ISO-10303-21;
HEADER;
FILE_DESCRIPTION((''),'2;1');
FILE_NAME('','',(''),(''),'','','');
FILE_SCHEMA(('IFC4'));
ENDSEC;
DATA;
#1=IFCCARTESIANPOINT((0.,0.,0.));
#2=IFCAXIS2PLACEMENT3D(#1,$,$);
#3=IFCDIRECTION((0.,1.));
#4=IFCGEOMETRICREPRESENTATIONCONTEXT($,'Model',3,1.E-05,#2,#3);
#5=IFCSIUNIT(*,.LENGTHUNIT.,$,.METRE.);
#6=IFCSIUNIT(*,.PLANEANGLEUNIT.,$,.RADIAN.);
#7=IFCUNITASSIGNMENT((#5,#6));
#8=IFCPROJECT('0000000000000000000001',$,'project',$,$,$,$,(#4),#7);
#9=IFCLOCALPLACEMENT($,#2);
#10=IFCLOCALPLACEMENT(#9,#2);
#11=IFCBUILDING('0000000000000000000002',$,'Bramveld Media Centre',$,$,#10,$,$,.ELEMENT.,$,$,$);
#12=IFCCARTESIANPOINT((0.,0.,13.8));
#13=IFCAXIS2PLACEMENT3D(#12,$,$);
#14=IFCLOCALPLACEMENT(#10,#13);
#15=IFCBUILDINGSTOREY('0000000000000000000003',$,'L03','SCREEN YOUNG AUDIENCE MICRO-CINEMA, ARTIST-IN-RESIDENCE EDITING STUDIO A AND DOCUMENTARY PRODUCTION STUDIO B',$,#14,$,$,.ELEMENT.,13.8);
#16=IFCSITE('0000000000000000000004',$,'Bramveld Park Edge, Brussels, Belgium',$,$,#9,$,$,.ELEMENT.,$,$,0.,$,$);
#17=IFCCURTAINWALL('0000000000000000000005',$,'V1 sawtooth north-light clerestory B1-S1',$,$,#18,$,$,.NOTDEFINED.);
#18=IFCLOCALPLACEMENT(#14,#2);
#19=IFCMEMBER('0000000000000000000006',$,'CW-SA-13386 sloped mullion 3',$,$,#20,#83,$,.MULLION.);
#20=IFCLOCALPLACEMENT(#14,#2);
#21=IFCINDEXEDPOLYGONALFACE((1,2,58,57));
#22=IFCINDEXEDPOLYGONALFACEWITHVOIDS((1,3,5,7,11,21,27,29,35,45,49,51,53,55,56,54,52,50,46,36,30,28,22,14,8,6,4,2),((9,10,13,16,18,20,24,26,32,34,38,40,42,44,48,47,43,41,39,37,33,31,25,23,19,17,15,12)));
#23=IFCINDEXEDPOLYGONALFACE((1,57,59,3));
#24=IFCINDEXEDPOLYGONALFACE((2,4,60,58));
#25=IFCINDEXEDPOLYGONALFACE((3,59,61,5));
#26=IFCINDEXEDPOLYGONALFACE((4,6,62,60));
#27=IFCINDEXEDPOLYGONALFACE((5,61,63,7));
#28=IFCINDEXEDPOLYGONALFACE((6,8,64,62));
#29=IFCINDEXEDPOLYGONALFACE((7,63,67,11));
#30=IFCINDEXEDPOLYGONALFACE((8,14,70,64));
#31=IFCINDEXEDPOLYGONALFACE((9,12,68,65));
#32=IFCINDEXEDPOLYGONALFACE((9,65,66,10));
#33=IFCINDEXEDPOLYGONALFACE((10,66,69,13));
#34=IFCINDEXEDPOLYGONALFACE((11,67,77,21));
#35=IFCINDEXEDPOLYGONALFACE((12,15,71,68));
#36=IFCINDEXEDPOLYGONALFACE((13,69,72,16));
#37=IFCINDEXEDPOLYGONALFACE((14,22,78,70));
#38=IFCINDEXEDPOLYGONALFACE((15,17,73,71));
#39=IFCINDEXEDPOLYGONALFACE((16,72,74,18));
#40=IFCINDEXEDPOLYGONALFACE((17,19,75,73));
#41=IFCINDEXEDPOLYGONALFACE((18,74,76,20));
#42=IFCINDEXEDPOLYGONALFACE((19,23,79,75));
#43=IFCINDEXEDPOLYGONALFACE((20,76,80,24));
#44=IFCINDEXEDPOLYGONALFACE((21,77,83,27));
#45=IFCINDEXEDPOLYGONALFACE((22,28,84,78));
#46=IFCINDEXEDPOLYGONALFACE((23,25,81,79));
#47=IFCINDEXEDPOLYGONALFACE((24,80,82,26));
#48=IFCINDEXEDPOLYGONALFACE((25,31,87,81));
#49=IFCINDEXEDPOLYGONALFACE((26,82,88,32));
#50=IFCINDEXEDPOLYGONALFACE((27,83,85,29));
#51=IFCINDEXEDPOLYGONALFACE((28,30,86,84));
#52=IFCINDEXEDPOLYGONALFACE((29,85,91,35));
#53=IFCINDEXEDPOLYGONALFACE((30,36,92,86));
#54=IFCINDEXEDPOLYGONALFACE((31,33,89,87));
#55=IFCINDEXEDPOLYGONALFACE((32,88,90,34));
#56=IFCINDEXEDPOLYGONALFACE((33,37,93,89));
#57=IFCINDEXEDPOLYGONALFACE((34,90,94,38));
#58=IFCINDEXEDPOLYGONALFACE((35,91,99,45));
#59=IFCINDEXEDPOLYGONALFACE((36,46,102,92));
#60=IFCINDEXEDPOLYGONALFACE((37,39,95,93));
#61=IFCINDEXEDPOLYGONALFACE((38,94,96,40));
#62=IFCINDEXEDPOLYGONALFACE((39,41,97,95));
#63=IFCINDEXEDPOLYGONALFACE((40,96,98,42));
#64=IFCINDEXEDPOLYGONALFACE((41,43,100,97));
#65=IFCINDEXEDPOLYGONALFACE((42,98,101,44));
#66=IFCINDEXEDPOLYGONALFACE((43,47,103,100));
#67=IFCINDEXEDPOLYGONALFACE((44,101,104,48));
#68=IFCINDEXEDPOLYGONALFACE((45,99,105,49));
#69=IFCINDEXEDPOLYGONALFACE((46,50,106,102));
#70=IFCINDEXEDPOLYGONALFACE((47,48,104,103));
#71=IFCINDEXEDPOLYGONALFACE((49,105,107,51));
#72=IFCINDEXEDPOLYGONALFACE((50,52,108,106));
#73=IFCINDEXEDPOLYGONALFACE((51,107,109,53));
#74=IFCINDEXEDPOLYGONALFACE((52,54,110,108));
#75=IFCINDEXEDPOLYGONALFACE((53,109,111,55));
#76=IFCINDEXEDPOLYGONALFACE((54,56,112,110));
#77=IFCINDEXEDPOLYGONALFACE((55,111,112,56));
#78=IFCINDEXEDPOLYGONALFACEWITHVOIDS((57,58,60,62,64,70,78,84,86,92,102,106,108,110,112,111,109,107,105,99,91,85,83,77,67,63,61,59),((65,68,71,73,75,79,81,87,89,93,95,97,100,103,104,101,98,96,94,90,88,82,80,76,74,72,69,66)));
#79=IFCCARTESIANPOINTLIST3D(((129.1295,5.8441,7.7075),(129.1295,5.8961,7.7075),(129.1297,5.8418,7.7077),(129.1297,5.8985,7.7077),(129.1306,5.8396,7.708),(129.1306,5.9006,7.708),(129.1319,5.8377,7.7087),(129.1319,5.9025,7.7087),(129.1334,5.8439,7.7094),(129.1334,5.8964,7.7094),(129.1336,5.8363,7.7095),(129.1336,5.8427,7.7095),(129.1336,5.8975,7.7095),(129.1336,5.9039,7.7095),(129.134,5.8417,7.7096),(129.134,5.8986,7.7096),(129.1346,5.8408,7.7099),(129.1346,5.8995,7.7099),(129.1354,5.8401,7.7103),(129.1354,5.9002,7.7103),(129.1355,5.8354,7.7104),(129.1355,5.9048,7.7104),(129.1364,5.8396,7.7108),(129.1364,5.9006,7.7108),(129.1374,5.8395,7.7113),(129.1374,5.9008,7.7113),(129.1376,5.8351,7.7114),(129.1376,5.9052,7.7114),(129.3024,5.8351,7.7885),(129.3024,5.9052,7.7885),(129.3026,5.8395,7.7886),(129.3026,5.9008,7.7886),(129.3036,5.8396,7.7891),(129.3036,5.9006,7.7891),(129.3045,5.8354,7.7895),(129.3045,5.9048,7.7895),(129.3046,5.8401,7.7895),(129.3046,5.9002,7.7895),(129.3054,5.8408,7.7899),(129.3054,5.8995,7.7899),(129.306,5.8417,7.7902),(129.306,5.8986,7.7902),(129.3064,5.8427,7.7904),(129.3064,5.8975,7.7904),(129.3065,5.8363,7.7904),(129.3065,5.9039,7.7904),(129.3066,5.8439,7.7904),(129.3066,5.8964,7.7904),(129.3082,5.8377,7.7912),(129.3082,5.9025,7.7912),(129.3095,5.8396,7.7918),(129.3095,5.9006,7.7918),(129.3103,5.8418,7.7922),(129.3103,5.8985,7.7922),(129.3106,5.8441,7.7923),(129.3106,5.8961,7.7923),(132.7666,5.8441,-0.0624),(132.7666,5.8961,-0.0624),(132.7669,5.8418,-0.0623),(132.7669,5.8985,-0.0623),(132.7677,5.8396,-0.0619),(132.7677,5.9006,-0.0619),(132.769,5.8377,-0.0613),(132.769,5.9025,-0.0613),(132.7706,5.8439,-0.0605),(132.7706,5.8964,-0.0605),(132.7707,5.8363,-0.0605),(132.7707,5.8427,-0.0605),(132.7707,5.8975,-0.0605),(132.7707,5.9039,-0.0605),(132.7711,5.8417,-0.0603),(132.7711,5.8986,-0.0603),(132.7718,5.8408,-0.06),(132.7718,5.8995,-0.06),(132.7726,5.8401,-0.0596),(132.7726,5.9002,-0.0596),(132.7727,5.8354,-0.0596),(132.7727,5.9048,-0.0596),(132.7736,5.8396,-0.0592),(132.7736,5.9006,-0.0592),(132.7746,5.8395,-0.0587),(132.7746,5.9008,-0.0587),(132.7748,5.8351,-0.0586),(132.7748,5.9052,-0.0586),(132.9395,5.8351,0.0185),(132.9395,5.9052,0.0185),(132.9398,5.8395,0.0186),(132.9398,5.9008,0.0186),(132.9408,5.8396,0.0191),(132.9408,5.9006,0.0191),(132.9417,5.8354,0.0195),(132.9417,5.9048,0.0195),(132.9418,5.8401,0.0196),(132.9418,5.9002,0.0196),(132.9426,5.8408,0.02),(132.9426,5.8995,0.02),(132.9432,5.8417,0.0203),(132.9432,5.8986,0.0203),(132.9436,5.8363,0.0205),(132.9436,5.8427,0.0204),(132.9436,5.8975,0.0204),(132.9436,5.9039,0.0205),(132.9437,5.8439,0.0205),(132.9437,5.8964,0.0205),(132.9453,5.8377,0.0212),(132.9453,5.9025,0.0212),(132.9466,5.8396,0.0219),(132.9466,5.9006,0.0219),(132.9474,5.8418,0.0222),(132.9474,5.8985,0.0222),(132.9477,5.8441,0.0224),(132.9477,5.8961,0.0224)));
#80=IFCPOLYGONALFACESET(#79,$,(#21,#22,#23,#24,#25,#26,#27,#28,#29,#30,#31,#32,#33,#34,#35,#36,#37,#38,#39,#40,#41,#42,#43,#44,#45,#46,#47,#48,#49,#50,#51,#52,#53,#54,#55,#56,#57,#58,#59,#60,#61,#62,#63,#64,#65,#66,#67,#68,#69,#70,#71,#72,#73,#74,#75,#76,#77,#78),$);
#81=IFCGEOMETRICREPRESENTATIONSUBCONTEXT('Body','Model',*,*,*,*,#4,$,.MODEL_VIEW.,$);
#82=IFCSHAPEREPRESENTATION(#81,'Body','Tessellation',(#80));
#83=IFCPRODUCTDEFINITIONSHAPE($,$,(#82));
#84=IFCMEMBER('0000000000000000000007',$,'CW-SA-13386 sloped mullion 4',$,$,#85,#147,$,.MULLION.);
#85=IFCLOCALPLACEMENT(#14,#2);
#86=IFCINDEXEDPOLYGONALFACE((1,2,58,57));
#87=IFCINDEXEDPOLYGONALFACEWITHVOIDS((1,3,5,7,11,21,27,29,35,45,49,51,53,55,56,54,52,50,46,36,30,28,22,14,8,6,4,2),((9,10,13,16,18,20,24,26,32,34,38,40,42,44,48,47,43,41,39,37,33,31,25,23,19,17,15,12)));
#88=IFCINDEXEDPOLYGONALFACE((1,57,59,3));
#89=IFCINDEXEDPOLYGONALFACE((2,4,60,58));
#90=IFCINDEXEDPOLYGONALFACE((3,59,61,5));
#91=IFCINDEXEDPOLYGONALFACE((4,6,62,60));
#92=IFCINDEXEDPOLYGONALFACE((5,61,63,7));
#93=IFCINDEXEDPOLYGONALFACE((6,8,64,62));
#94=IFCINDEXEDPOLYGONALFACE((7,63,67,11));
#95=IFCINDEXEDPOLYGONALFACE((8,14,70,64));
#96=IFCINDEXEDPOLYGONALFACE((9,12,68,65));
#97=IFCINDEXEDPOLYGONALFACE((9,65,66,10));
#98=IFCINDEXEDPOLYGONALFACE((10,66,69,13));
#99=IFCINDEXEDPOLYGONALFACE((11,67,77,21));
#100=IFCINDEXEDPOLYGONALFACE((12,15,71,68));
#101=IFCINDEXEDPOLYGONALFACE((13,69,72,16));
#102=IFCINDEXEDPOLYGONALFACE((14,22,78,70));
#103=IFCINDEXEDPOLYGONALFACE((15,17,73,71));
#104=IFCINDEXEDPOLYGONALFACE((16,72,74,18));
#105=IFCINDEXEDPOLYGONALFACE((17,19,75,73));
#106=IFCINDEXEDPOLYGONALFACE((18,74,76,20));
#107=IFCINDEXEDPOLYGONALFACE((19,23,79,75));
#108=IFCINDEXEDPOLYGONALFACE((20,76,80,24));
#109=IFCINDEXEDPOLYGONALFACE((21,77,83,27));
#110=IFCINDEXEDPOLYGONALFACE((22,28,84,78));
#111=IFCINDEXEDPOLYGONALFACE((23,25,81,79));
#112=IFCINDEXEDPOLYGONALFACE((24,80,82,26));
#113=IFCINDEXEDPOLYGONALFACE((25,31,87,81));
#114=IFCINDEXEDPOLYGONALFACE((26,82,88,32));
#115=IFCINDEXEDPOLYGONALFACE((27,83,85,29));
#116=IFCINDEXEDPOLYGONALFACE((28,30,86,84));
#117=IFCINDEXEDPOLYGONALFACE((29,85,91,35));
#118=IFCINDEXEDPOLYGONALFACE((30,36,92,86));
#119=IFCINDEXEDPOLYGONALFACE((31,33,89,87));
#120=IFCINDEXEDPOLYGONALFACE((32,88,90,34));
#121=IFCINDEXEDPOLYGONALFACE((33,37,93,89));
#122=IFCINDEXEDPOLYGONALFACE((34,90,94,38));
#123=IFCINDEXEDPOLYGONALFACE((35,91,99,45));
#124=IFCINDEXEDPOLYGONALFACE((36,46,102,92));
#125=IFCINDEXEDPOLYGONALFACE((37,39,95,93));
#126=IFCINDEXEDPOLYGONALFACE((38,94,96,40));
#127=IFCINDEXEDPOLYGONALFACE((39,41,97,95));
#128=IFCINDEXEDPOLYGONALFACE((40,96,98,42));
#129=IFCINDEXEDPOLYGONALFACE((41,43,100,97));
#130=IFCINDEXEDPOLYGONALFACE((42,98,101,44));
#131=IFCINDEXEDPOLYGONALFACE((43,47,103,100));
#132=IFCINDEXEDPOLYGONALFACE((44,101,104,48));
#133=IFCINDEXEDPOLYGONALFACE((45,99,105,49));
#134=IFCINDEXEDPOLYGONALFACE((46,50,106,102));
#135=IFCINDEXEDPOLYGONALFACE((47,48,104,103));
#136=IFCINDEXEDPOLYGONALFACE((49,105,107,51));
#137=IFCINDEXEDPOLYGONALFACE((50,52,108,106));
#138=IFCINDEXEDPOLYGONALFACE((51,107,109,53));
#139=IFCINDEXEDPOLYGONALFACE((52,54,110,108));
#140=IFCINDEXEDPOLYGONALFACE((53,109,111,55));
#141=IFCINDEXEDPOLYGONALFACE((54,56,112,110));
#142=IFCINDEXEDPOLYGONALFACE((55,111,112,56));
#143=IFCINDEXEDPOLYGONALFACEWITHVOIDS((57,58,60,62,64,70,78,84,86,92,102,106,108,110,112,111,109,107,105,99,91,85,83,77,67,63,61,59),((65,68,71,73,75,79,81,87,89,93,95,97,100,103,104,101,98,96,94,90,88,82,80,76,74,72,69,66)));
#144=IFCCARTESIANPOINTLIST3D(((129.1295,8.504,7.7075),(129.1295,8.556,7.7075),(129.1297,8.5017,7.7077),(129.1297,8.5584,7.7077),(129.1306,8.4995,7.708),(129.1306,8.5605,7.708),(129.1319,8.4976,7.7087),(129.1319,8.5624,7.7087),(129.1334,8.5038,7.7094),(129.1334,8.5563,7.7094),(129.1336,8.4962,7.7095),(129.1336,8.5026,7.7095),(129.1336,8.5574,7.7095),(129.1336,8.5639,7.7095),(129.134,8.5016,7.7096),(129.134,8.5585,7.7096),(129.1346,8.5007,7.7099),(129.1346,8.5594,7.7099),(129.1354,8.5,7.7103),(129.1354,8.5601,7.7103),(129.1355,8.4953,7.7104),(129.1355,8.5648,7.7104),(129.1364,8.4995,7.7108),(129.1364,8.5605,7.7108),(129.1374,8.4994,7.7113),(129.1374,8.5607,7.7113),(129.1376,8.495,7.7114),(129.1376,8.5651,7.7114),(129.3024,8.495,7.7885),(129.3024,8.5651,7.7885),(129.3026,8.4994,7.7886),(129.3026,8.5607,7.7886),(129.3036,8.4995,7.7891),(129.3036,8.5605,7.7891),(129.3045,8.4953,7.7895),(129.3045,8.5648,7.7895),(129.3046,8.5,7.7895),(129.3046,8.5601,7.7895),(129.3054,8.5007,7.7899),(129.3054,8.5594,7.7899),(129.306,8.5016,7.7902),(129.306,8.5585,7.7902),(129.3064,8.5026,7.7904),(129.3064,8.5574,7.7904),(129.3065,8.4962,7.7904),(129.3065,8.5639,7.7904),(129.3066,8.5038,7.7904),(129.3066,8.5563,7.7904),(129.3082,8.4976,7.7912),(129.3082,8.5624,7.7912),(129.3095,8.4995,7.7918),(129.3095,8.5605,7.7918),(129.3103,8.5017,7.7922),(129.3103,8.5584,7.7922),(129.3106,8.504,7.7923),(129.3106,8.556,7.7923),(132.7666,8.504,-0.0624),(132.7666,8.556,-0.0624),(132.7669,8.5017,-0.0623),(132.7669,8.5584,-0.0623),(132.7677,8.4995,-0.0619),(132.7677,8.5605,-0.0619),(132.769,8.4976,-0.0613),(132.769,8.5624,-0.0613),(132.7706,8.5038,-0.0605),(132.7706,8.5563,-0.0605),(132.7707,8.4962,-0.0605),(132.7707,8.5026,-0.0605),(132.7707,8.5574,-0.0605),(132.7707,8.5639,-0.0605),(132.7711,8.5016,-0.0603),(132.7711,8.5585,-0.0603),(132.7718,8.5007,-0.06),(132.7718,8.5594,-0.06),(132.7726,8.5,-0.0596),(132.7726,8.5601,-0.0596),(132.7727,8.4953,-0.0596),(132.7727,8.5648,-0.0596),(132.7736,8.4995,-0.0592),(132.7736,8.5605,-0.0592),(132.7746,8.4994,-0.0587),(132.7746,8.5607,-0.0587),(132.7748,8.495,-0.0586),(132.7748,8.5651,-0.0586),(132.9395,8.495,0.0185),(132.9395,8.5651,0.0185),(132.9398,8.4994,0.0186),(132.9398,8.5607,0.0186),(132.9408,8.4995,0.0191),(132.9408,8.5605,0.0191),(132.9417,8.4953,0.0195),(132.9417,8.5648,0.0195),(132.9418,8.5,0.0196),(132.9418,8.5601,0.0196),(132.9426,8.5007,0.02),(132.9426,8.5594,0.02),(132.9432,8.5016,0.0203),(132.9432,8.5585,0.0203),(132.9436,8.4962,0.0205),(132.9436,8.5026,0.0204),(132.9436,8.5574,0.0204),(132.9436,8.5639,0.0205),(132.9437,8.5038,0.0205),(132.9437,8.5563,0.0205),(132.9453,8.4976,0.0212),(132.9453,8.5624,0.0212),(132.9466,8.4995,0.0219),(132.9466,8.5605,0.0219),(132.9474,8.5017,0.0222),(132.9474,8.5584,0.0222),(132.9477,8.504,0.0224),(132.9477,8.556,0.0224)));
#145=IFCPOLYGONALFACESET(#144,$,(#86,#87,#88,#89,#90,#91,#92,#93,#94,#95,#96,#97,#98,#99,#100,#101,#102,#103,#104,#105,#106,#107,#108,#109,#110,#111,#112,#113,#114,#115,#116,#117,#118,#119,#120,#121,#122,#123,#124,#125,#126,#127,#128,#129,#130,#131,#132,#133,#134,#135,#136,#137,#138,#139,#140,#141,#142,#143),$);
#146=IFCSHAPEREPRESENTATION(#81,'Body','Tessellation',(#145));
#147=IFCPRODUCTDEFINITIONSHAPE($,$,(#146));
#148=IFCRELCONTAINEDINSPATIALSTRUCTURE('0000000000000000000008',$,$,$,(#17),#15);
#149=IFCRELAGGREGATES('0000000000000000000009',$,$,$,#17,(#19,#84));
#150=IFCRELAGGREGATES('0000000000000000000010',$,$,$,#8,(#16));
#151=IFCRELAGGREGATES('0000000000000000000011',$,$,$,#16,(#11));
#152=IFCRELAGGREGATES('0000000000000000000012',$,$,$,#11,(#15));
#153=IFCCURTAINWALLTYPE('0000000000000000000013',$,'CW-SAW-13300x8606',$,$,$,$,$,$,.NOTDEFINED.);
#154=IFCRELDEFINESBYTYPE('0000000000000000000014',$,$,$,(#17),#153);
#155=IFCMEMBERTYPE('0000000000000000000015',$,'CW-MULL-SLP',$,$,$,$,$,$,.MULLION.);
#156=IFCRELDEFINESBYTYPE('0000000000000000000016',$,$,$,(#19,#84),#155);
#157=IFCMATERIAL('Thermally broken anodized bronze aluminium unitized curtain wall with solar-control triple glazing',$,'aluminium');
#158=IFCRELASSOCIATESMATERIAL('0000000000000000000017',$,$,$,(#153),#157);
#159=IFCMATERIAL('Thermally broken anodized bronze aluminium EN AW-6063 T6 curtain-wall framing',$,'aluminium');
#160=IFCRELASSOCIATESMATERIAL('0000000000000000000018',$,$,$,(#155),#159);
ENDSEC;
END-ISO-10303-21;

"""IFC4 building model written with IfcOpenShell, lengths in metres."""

from ifc_helpers import new_model, si_unit, direction, frame, origin, origin_2d, place, context, subcontext, project, spatial, hollow_rectangle, extrude, material, material_profile, profile_set, type_object, element, aggregate, save


model = new_model("IFC4")

# Units and contexts
model_context = context("Model", 3, precision=1e-05, world=origin(), true_north=direction((0.0, 1.0)))
body_context = subcontext(model_context, "Body", "Model", "MODEL_VIEW")
ifc_project = project(units=[si_unit("LENGTHUNIT", "METRE"), si_unit("PLANEANGLEUNIT", "RADIAN")], contexts=[model_context])

# Site, building, storey
site_placement = place(None, origin())
site = spatial("IfcSite", under=ifc_project, at=site_placement, Name="Bramveld Park Edge, Brussels, Belgium", CompositionType="ELEMENT", RefElevation=0.0)
building_placement = place(site_placement, origin())
building = spatial("IfcBuilding", under=site, at=building_placement, Name="Bramveld Media Centre", CompositionType="ELEMENT")
storey_placement = place(building_placement, frame((0.0, 0.0, 13.8)))
storey = spatial("IfcBuildingStorey", under=building, at=storey_placement, Name="L03", Description="SCREEN YOUNG AUDIENCE MICRO-CINEMA, ARTIST-IN-RESIDENCE EDITING STUDIO A AND DOCUMENTARY PRODUCTION STUDIO B", CompositionType="ELEMENT", Elevation=13.8)

# Curtain wall, members
ifc_material_1 = material(Name="Thermally broken anodized bronze aluminium unitized curtain wall with solar-control triple glazing", Category="aluminium")
curtain_wall_type = type_object("IfcCurtainWallType", Name="CW-SAW-13300x8606", PredefinedType="NOTDEFINED", material=ifc_material_1)
curtain_wall_1_placement = place(storey_placement, origin())
curtain_wall_1 = element("IfcCurtainWall", 1, at=curtain_wall_1_placement, inside=storey, type_object=curtain_wall_type, Name="V1 sawtooth north-light clerestory B1-S1", PredefinedType="NOTDEFINED")
ifc_material_2 = material(Name="Thermally broken anodized bronze aluminium EN AW-6063 T6 curtain-wall framing", Category="aluminium")
ifc_material_profile_1 = material_profile(ifc_material_2, hollow_rectangle(XDim=0.0701, YDim=0.2, WallThickness=0.0044, InnerFilletRadius=0.0044, OuterFilletRadius=0.009, at=origin_2d()), Name="AL-MULL 70x200")
ifc_profile_set_1 = profile_set([ifc_material_profile_1], Name="Thermally broken anodized bronze aluminium EN AW-6063 T6 curtain-wall framing")
member_type_1 = type_object("IfcMemberType", Name="CW-MULL-SLP", PredefinedType="MULLION", material=ifc_profile_set_1)
member_1_placement = place(storey_placement, frame((132.8572, 5.8701, -0.02), z_axis=(-0.423957, 0.0, 0.905682), x_axis=(0.0, -1.0, 0.0)))
member_1 = element("IfcMember", 2, at=member_1_placement, type_object=member_type_1, Name="CW-SA-13386 sloped mullion 3", PredefinedType="MULLION", context=body_context, shape_type="SweptSolid", body=[
    extrude(hollow_rectangle(XDim=0.0701, YDim=0.2, WallThickness=0.0044, InnerFilletRadius=0.0044, OuterFilletRadius=0.009, at=origin_2d()), origin(), (0.0, 0.0, 1.0), 8.5791),
])
member_2_placement = place(storey_placement, frame((132.8572, 8.53, -0.02), z_axis=(-0.423957, 0.0, 0.905682), x_axis=(0.0, -1.0, 0.0)))
member_2 = element("IfcMember", 3, at=member_2_placement, type_object=member_type_1, Name="CW-SA-13386 sloped mullion 4", PredefinedType="MULLION", context=body_context, shape_type="SweptSolid", body=[
    extrude(hollow_rectangle(XDim=0.0701, YDim=0.2, WallThickness=0.0044, InnerFilletRadius=0.0044, OuterFilletRadius=0.009, at=origin_2d()), origin(), (0.0, 0.0, 1.0), 8.5791),
])
aggregate(curtain_wall_1, [member_1, member_2])

save(model, "model.ifc")
